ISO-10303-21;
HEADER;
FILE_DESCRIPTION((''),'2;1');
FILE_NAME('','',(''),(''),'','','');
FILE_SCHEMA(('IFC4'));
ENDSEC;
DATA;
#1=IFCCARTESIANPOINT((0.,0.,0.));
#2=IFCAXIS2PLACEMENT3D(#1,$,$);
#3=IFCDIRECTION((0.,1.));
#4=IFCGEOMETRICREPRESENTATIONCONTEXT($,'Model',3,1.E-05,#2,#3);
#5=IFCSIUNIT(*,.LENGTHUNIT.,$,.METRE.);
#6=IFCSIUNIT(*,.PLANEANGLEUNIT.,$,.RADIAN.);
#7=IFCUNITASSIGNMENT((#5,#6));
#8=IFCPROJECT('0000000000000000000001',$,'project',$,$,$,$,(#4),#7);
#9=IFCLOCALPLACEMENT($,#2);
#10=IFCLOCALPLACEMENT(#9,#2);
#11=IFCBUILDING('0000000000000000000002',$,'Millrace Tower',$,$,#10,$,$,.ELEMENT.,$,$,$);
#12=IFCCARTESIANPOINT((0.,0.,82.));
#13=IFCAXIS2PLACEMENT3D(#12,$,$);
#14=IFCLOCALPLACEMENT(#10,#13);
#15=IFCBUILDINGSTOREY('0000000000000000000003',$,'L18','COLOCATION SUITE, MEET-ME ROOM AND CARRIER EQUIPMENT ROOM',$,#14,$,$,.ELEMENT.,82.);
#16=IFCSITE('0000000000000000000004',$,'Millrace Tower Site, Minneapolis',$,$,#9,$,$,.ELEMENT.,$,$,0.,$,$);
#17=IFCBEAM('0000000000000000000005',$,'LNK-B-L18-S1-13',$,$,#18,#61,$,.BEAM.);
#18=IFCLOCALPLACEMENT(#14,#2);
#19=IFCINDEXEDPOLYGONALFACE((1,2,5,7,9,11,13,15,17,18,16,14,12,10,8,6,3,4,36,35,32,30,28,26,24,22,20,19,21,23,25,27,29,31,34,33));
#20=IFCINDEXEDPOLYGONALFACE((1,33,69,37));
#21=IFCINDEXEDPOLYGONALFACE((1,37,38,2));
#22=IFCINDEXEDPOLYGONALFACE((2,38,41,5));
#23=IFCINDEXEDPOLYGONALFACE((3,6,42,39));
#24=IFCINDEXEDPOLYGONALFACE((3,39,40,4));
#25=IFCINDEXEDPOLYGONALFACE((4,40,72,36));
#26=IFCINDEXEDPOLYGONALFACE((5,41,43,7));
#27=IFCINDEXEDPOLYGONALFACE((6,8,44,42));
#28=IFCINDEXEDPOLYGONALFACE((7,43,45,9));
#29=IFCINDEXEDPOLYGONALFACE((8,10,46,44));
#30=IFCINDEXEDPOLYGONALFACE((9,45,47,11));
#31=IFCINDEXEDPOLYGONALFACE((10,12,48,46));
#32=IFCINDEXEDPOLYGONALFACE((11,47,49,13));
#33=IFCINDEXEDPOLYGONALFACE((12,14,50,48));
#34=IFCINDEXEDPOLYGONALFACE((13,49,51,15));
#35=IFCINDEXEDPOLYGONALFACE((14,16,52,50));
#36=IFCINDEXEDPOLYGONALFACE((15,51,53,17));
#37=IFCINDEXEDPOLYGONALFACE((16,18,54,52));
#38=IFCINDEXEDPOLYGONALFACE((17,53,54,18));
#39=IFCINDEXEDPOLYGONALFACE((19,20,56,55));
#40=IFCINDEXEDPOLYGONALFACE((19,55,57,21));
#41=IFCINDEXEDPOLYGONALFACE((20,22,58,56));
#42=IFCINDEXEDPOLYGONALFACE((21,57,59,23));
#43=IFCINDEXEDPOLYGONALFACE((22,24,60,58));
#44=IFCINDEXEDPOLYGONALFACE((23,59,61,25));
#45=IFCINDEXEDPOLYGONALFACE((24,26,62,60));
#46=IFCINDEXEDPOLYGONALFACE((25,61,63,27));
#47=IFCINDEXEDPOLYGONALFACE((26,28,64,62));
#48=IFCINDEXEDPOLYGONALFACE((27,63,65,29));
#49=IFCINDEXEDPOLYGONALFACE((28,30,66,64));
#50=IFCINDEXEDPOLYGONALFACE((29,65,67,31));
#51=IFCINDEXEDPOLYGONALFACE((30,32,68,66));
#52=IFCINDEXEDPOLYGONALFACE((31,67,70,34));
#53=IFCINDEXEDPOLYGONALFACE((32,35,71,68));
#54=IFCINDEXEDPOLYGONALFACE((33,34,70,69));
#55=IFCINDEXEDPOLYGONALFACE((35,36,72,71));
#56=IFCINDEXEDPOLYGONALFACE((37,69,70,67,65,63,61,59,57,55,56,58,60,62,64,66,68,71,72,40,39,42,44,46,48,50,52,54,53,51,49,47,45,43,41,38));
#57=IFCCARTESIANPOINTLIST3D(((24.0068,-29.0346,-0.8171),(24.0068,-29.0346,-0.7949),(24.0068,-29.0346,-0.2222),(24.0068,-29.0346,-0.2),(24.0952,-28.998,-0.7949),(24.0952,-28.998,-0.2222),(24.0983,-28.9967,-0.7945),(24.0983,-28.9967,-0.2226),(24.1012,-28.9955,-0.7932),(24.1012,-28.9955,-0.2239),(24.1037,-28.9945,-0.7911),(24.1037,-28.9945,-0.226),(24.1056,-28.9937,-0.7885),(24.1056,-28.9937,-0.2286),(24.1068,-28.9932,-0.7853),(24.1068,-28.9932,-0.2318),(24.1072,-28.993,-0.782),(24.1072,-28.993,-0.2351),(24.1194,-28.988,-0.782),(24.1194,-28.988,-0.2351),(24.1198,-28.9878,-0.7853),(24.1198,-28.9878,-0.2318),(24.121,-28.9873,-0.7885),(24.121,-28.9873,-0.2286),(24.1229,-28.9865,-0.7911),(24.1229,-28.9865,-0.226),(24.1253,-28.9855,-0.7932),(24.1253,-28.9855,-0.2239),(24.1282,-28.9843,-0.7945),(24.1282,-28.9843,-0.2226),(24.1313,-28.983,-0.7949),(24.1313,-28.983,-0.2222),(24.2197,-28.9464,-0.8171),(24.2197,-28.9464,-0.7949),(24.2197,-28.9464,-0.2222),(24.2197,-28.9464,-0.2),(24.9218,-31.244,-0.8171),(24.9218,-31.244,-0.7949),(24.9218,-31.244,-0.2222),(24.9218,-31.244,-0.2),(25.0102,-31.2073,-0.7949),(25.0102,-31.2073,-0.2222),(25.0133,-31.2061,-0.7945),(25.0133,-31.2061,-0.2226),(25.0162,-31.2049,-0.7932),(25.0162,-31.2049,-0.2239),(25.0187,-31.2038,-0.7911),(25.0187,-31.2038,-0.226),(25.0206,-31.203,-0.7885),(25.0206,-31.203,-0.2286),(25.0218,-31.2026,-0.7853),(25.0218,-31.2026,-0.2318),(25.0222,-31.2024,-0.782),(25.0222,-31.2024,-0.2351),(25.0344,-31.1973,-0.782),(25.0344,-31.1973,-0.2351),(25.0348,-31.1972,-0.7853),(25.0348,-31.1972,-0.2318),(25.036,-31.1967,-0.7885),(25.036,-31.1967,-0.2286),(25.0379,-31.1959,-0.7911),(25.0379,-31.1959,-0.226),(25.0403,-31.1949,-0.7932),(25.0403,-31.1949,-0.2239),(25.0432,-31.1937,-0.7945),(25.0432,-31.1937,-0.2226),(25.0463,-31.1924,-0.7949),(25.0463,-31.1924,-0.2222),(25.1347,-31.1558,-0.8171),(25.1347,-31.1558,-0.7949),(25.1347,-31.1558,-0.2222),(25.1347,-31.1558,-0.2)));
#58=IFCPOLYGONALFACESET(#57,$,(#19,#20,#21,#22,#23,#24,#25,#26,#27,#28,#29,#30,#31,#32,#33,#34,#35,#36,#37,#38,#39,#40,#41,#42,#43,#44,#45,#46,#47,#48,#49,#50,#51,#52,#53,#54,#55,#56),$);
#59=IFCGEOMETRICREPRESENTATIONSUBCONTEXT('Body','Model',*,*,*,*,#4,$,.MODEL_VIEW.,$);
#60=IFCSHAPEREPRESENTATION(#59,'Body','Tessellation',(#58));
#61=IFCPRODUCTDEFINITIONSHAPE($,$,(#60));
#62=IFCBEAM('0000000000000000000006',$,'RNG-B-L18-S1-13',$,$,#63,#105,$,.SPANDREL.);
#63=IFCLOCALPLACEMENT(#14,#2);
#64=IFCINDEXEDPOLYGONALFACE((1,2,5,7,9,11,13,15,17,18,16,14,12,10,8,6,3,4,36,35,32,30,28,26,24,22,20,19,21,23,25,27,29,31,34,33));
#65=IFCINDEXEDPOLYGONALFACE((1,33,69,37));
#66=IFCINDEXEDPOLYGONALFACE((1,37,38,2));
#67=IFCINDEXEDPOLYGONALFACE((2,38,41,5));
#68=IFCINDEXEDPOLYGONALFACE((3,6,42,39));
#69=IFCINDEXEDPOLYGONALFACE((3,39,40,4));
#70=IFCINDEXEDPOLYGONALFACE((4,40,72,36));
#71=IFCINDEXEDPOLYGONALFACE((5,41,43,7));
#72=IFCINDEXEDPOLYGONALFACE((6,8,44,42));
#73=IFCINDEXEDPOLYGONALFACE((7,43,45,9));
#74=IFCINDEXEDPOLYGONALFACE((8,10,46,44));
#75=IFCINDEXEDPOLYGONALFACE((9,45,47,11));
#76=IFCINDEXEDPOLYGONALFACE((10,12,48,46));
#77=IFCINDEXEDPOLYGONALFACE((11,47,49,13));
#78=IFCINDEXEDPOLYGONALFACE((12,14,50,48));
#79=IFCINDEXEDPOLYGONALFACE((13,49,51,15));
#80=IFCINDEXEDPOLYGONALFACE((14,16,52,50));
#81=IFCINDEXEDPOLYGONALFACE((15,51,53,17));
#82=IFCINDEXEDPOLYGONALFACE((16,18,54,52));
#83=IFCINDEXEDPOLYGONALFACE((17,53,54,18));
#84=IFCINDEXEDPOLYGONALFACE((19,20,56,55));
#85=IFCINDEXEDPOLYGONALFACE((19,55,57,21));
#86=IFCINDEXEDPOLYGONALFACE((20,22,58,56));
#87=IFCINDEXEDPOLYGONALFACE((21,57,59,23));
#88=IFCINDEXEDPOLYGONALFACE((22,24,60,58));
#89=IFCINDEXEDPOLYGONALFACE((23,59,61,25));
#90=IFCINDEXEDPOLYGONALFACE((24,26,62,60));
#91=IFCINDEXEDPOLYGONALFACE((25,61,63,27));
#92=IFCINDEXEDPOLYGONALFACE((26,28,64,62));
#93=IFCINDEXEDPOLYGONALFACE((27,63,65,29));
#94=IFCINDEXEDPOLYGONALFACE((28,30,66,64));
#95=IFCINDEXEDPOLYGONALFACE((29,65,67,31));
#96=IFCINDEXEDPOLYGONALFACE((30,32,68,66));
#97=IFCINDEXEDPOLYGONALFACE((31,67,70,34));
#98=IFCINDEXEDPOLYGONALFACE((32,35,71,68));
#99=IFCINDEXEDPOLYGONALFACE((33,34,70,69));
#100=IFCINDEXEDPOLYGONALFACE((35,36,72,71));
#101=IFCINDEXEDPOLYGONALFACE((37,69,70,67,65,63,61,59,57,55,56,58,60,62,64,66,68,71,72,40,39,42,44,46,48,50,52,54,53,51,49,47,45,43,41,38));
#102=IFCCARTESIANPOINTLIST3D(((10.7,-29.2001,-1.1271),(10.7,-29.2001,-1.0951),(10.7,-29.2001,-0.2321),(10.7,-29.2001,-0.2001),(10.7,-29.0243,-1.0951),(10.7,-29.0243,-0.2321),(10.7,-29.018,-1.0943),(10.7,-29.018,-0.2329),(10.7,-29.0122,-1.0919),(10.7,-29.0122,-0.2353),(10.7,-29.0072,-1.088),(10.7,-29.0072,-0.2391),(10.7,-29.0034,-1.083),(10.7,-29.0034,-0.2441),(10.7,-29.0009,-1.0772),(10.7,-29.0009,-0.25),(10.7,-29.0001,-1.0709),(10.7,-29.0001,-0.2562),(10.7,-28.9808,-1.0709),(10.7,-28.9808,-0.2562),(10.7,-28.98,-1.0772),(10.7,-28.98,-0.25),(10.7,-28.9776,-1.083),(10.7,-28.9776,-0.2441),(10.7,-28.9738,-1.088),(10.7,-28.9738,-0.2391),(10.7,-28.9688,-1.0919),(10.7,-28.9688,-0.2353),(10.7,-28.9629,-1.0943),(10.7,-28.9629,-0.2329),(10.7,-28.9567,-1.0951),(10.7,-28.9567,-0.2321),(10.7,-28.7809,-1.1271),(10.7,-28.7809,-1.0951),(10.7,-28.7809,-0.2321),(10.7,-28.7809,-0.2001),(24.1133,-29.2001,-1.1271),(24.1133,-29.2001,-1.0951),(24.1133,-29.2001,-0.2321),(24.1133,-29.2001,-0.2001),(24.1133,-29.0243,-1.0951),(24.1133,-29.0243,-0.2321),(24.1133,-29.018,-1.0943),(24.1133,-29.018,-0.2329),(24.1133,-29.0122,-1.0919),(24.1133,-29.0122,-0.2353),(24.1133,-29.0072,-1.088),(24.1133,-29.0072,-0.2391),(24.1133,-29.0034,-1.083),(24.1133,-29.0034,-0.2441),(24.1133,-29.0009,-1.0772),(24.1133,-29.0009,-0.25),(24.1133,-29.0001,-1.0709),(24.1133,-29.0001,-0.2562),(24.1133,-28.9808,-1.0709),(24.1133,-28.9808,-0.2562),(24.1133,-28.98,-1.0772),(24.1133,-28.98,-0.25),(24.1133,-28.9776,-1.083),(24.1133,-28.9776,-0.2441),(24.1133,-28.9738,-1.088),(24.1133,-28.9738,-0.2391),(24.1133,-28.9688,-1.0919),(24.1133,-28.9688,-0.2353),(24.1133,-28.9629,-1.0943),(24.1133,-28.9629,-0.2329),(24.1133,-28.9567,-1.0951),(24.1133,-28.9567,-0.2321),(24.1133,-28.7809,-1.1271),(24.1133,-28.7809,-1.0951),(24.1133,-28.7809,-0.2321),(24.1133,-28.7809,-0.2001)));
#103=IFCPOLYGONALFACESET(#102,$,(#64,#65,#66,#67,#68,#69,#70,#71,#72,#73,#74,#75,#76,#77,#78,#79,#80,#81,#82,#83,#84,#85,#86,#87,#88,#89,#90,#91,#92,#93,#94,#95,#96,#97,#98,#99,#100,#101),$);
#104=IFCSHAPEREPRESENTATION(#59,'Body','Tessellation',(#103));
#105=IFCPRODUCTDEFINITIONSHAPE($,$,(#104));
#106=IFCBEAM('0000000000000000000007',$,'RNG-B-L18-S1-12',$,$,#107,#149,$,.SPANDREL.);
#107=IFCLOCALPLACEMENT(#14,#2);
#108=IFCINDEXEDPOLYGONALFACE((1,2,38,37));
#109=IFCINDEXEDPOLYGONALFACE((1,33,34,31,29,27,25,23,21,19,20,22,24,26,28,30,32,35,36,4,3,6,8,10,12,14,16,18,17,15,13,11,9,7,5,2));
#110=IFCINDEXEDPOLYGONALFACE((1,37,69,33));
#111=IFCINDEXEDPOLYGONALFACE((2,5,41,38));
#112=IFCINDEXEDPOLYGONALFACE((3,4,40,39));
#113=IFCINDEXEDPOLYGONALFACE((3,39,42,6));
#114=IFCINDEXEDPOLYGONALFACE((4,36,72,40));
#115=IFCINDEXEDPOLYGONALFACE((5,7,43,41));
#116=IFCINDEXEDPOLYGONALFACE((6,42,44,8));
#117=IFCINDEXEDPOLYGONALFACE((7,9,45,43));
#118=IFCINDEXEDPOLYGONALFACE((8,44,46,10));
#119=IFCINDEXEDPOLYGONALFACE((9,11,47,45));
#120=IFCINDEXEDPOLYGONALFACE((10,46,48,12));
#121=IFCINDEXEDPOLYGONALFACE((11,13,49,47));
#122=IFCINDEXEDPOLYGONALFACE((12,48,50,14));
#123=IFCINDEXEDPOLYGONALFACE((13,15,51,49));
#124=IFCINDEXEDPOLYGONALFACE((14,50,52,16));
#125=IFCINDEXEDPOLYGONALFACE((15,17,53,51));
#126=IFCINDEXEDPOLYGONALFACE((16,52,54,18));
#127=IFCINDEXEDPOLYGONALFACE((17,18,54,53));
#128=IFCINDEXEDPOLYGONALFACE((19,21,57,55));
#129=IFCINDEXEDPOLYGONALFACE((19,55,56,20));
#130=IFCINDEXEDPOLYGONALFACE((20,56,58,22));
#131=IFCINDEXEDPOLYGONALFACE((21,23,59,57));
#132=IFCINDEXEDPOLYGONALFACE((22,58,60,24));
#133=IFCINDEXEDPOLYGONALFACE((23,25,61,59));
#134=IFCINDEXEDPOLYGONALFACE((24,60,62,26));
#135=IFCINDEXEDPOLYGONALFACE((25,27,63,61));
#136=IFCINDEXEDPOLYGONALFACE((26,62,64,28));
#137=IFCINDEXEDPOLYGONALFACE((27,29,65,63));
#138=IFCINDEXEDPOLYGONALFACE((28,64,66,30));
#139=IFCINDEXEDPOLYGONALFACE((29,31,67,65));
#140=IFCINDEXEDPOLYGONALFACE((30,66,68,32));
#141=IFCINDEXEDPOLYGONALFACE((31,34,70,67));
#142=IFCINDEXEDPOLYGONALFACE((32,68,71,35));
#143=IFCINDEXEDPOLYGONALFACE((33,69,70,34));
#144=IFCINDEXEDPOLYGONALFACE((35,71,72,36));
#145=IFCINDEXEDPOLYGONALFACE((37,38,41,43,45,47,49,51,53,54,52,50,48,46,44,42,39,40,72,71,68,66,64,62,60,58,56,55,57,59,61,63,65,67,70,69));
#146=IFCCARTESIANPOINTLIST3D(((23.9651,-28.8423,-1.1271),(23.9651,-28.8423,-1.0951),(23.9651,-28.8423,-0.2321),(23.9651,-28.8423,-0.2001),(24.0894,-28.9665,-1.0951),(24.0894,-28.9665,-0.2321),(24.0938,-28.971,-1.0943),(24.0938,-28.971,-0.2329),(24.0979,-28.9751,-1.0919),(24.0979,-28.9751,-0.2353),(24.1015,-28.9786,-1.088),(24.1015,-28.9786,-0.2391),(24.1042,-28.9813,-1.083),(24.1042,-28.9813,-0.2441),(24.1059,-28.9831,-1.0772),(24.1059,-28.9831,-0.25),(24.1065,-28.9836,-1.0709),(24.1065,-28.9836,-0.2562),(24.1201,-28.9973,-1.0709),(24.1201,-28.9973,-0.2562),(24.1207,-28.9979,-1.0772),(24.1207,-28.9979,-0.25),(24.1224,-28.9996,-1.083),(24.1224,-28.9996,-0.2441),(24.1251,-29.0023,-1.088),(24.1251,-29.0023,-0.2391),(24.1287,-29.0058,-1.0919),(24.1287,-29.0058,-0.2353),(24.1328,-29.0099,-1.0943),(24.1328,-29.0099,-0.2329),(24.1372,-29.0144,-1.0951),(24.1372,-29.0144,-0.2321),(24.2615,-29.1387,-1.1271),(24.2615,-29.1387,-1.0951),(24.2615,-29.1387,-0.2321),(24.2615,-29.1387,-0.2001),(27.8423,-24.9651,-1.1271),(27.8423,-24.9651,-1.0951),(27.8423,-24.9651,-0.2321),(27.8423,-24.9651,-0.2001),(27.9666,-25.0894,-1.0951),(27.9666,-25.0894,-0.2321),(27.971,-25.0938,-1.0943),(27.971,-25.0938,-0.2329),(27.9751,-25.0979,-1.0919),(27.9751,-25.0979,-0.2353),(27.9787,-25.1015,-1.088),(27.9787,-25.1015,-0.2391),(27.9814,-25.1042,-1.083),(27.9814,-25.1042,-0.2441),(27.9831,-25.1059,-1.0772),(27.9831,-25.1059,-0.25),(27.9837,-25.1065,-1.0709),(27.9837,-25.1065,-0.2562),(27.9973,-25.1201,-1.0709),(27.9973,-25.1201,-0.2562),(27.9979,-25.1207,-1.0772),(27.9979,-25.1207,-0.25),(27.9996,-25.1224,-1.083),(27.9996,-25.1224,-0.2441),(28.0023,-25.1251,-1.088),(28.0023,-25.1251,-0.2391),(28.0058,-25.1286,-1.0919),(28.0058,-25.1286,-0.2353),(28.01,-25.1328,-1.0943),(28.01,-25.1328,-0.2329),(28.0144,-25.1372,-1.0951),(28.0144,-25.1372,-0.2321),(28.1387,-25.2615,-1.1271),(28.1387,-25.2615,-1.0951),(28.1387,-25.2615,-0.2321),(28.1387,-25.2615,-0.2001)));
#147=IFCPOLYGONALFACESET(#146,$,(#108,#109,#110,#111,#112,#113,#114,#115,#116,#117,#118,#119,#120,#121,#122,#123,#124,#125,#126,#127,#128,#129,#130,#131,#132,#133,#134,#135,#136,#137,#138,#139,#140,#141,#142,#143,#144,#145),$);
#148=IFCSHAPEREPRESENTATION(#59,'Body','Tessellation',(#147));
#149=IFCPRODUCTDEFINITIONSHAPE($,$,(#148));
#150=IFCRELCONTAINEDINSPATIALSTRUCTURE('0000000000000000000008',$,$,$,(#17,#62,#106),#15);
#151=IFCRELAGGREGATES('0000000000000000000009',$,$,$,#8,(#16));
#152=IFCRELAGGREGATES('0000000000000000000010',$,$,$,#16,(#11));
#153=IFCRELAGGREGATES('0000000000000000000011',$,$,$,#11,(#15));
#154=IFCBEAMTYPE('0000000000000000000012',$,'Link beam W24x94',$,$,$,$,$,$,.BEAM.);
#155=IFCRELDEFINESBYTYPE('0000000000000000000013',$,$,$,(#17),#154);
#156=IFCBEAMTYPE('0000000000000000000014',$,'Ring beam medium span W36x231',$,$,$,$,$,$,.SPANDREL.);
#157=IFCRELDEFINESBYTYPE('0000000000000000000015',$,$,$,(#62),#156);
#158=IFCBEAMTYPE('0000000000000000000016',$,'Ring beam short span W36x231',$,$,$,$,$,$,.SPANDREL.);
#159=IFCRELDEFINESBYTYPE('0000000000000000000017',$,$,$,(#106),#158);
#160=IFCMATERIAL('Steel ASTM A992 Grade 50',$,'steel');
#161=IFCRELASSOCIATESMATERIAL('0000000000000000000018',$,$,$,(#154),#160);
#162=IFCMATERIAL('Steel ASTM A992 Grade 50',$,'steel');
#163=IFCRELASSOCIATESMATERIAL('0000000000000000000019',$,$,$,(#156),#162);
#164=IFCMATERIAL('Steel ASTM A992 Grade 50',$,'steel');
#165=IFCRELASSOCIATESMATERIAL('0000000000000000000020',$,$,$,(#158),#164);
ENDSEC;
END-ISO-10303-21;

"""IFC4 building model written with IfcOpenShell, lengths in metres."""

from ifc_helpers import new_model, si_unit, direction, frame, origin, origin_2d, place, context, subcontext, project, spatial, i_section, extrude, material, material_profile, profile_set, type_object, element, save


model = new_model("IFC4")

# Units and contexts
model_context = context("Model", 3, precision=1e-05, world=origin(), true_north=direction((0.0, 1.0)))
body_context = subcontext(model_context, "Body", "Model", "MODEL_VIEW")
ifc_project = project(units=[si_unit("LENGTHUNIT", "METRE"), si_unit("PLANEANGLEUNIT", "RADIAN")], contexts=[model_context])

# Site, building, storey
site_placement = place(None, origin())
site = spatial("IfcSite", under=ifc_project, at=site_placement, Name="Millrace Tower Site, Minneapolis", CompositionType="ELEMENT", RefElevation=0.0)
building_placement = place(site_placement, origin())
building = spatial("IfcBuilding", under=site, at=building_placement, Name="Millrace Tower", CompositionType="ELEMENT")
storey_placement = place(building_placement, frame((0.0, 0.0, 82.0)))
storey = spatial("IfcBuildingStorey", under=building, at=storey_placement, Name="L18", Description="COLOCATION SUITE, MEET-ME ROOM AND CARRIER EQUIPMENT ROOM", CompositionType="ELEMENT", Elevation=82.0)

# Beams
ifc_material_1 = material(Name="Steel ASTM A992 Grade 50", Category="steel")
ifc_material_profile_1 = material_profile(ifc_material_1, i_section(OverallWidth=0.2305, OverallDepth=0.6172, WebThickness=0.0132, FlangeThickness=0.0222, FilletRadius=0.0129, at=origin_2d()))
ifc_profile_set_1 = profile_set([ifc_material_profile_1], Name="Steel ASTM A992 Grade 50")
beam_type_1 = type_object("IfcBeamType", Name="Link beam W24x94", PredefinedType="BEAM", material=ifc_profile_set_1)
for number, where, z_axis, x_axis, name in (
    (1, (24.1133, -28.9905, -0.5085), (0.382628, -0.923902, 0.0), (0.923902, 0.382628, 0.0), "LNK-B-L18-S1-13"),
):
    element("IfcBeam", number, at=place(storey_placement, frame(where, z_axis=z_axis, x_axis=x_axis)), inside=storey, type_object=beam_type_1, Name=name, PredefinedType="BEAM", context=body_context, shape_type="SweptSolid", body=[
        extrude(i_section(OverallWidth=0.2305, OverallDepth=0.6172, WebThickness=0.0132, FlangeThickness=0.0222, FilletRadius=0.0129, at=origin_2d()), origin(), (0.0, 0.0, 1.0), 2.3914),
    ])
ifc_material_2 = material(Name="Steel ASTM A992 Grade 50", Category="steel")
ifc_material_profile_2 = material_profile(ifc_material_2, i_section(OverallWidth=0.4192, OverallDepth=0.927, WebThickness=0.0193, FlangeThickness=0.032, FilletRadius=0.0242, at=origin_2d()))
ifc_profile_set_2 = profile_set([ifc_material_profile_2], Name="Steel ASTM A992 Grade 50")
beam_type_2 = type_object("IfcBeamType", Name="Ring beam medium span W36x231", PredefinedType="SPANDREL", material=ifc_profile_set_2)
beam_1_placement = place(storey_placement, frame((24.1133, -28.9905, -0.6636), z_axis=(-1.0, 0.0, 0.0), x_axis=(0.0, -1.0, 0.0)))
element("IfcBeam", 2, at=beam_1_placement, inside=storey, type_object=beam_type_2, Name="RNG-B-L18-S1-13", PredefinedType="SPANDREL", context=body_context, shape_type="SweptSolid", body=[
    extrude(i_section(OverallWidth=0.4192, OverallDepth=0.927, WebThickness=0.0193, FlangeThickness=0.032, FilletRadius=0.0242, at=origin_2d()), origin(), (0.0, 0.0, 1.0), 13.4133),
])
ifc_material_3 = material(Name="Steel ASTM A992 Grade 50", Category="steel")
ifc_material_profile_3 = material_profile(ifc_material_3, i_section(OverallWidth=0.4192, OverallDepth=0.927, WebThickness=0.0193, FlangeThickness=0.032, FilletRadius=0.0242, at=origin_2d()))
ifc_profile_set_3 = profile_set([ifc_material_profile_3], Name="Steel ASTM A992 Grade 50")
beam_type_3 = type_object("IfcBeamType", Name="Ring beam short span W36x231", PredefinedType="SPANDREL", material=ifc_profile_set_3)
beam_2_placement = place(storey_placement, frame((27.9905, -25.1133, -0.6636), z_axis=(-0.707107, -0.707107, 0.0), x_axis=(0.707107, -0.707107, 0.0)))
element("IfcBeam", 3, at=beam_2_placement, inside=storey, type_object=beam_type_3, Name="RNG-B-L18-S1-12", PredefinedType="SPANDREL", context=body_context, shape_type="SweptSolid", body=[
    extrude(i_section(OverallWidth=0.4192, OverallDepth=0.927, WebThickness=0.0193, FlangeThickness=0.032, FilletRadius=0.0242, at=origin_2d()), origin(), (0.0, 0.0, 1.0), 5.4832),
])

save(model, "model.ifc")
